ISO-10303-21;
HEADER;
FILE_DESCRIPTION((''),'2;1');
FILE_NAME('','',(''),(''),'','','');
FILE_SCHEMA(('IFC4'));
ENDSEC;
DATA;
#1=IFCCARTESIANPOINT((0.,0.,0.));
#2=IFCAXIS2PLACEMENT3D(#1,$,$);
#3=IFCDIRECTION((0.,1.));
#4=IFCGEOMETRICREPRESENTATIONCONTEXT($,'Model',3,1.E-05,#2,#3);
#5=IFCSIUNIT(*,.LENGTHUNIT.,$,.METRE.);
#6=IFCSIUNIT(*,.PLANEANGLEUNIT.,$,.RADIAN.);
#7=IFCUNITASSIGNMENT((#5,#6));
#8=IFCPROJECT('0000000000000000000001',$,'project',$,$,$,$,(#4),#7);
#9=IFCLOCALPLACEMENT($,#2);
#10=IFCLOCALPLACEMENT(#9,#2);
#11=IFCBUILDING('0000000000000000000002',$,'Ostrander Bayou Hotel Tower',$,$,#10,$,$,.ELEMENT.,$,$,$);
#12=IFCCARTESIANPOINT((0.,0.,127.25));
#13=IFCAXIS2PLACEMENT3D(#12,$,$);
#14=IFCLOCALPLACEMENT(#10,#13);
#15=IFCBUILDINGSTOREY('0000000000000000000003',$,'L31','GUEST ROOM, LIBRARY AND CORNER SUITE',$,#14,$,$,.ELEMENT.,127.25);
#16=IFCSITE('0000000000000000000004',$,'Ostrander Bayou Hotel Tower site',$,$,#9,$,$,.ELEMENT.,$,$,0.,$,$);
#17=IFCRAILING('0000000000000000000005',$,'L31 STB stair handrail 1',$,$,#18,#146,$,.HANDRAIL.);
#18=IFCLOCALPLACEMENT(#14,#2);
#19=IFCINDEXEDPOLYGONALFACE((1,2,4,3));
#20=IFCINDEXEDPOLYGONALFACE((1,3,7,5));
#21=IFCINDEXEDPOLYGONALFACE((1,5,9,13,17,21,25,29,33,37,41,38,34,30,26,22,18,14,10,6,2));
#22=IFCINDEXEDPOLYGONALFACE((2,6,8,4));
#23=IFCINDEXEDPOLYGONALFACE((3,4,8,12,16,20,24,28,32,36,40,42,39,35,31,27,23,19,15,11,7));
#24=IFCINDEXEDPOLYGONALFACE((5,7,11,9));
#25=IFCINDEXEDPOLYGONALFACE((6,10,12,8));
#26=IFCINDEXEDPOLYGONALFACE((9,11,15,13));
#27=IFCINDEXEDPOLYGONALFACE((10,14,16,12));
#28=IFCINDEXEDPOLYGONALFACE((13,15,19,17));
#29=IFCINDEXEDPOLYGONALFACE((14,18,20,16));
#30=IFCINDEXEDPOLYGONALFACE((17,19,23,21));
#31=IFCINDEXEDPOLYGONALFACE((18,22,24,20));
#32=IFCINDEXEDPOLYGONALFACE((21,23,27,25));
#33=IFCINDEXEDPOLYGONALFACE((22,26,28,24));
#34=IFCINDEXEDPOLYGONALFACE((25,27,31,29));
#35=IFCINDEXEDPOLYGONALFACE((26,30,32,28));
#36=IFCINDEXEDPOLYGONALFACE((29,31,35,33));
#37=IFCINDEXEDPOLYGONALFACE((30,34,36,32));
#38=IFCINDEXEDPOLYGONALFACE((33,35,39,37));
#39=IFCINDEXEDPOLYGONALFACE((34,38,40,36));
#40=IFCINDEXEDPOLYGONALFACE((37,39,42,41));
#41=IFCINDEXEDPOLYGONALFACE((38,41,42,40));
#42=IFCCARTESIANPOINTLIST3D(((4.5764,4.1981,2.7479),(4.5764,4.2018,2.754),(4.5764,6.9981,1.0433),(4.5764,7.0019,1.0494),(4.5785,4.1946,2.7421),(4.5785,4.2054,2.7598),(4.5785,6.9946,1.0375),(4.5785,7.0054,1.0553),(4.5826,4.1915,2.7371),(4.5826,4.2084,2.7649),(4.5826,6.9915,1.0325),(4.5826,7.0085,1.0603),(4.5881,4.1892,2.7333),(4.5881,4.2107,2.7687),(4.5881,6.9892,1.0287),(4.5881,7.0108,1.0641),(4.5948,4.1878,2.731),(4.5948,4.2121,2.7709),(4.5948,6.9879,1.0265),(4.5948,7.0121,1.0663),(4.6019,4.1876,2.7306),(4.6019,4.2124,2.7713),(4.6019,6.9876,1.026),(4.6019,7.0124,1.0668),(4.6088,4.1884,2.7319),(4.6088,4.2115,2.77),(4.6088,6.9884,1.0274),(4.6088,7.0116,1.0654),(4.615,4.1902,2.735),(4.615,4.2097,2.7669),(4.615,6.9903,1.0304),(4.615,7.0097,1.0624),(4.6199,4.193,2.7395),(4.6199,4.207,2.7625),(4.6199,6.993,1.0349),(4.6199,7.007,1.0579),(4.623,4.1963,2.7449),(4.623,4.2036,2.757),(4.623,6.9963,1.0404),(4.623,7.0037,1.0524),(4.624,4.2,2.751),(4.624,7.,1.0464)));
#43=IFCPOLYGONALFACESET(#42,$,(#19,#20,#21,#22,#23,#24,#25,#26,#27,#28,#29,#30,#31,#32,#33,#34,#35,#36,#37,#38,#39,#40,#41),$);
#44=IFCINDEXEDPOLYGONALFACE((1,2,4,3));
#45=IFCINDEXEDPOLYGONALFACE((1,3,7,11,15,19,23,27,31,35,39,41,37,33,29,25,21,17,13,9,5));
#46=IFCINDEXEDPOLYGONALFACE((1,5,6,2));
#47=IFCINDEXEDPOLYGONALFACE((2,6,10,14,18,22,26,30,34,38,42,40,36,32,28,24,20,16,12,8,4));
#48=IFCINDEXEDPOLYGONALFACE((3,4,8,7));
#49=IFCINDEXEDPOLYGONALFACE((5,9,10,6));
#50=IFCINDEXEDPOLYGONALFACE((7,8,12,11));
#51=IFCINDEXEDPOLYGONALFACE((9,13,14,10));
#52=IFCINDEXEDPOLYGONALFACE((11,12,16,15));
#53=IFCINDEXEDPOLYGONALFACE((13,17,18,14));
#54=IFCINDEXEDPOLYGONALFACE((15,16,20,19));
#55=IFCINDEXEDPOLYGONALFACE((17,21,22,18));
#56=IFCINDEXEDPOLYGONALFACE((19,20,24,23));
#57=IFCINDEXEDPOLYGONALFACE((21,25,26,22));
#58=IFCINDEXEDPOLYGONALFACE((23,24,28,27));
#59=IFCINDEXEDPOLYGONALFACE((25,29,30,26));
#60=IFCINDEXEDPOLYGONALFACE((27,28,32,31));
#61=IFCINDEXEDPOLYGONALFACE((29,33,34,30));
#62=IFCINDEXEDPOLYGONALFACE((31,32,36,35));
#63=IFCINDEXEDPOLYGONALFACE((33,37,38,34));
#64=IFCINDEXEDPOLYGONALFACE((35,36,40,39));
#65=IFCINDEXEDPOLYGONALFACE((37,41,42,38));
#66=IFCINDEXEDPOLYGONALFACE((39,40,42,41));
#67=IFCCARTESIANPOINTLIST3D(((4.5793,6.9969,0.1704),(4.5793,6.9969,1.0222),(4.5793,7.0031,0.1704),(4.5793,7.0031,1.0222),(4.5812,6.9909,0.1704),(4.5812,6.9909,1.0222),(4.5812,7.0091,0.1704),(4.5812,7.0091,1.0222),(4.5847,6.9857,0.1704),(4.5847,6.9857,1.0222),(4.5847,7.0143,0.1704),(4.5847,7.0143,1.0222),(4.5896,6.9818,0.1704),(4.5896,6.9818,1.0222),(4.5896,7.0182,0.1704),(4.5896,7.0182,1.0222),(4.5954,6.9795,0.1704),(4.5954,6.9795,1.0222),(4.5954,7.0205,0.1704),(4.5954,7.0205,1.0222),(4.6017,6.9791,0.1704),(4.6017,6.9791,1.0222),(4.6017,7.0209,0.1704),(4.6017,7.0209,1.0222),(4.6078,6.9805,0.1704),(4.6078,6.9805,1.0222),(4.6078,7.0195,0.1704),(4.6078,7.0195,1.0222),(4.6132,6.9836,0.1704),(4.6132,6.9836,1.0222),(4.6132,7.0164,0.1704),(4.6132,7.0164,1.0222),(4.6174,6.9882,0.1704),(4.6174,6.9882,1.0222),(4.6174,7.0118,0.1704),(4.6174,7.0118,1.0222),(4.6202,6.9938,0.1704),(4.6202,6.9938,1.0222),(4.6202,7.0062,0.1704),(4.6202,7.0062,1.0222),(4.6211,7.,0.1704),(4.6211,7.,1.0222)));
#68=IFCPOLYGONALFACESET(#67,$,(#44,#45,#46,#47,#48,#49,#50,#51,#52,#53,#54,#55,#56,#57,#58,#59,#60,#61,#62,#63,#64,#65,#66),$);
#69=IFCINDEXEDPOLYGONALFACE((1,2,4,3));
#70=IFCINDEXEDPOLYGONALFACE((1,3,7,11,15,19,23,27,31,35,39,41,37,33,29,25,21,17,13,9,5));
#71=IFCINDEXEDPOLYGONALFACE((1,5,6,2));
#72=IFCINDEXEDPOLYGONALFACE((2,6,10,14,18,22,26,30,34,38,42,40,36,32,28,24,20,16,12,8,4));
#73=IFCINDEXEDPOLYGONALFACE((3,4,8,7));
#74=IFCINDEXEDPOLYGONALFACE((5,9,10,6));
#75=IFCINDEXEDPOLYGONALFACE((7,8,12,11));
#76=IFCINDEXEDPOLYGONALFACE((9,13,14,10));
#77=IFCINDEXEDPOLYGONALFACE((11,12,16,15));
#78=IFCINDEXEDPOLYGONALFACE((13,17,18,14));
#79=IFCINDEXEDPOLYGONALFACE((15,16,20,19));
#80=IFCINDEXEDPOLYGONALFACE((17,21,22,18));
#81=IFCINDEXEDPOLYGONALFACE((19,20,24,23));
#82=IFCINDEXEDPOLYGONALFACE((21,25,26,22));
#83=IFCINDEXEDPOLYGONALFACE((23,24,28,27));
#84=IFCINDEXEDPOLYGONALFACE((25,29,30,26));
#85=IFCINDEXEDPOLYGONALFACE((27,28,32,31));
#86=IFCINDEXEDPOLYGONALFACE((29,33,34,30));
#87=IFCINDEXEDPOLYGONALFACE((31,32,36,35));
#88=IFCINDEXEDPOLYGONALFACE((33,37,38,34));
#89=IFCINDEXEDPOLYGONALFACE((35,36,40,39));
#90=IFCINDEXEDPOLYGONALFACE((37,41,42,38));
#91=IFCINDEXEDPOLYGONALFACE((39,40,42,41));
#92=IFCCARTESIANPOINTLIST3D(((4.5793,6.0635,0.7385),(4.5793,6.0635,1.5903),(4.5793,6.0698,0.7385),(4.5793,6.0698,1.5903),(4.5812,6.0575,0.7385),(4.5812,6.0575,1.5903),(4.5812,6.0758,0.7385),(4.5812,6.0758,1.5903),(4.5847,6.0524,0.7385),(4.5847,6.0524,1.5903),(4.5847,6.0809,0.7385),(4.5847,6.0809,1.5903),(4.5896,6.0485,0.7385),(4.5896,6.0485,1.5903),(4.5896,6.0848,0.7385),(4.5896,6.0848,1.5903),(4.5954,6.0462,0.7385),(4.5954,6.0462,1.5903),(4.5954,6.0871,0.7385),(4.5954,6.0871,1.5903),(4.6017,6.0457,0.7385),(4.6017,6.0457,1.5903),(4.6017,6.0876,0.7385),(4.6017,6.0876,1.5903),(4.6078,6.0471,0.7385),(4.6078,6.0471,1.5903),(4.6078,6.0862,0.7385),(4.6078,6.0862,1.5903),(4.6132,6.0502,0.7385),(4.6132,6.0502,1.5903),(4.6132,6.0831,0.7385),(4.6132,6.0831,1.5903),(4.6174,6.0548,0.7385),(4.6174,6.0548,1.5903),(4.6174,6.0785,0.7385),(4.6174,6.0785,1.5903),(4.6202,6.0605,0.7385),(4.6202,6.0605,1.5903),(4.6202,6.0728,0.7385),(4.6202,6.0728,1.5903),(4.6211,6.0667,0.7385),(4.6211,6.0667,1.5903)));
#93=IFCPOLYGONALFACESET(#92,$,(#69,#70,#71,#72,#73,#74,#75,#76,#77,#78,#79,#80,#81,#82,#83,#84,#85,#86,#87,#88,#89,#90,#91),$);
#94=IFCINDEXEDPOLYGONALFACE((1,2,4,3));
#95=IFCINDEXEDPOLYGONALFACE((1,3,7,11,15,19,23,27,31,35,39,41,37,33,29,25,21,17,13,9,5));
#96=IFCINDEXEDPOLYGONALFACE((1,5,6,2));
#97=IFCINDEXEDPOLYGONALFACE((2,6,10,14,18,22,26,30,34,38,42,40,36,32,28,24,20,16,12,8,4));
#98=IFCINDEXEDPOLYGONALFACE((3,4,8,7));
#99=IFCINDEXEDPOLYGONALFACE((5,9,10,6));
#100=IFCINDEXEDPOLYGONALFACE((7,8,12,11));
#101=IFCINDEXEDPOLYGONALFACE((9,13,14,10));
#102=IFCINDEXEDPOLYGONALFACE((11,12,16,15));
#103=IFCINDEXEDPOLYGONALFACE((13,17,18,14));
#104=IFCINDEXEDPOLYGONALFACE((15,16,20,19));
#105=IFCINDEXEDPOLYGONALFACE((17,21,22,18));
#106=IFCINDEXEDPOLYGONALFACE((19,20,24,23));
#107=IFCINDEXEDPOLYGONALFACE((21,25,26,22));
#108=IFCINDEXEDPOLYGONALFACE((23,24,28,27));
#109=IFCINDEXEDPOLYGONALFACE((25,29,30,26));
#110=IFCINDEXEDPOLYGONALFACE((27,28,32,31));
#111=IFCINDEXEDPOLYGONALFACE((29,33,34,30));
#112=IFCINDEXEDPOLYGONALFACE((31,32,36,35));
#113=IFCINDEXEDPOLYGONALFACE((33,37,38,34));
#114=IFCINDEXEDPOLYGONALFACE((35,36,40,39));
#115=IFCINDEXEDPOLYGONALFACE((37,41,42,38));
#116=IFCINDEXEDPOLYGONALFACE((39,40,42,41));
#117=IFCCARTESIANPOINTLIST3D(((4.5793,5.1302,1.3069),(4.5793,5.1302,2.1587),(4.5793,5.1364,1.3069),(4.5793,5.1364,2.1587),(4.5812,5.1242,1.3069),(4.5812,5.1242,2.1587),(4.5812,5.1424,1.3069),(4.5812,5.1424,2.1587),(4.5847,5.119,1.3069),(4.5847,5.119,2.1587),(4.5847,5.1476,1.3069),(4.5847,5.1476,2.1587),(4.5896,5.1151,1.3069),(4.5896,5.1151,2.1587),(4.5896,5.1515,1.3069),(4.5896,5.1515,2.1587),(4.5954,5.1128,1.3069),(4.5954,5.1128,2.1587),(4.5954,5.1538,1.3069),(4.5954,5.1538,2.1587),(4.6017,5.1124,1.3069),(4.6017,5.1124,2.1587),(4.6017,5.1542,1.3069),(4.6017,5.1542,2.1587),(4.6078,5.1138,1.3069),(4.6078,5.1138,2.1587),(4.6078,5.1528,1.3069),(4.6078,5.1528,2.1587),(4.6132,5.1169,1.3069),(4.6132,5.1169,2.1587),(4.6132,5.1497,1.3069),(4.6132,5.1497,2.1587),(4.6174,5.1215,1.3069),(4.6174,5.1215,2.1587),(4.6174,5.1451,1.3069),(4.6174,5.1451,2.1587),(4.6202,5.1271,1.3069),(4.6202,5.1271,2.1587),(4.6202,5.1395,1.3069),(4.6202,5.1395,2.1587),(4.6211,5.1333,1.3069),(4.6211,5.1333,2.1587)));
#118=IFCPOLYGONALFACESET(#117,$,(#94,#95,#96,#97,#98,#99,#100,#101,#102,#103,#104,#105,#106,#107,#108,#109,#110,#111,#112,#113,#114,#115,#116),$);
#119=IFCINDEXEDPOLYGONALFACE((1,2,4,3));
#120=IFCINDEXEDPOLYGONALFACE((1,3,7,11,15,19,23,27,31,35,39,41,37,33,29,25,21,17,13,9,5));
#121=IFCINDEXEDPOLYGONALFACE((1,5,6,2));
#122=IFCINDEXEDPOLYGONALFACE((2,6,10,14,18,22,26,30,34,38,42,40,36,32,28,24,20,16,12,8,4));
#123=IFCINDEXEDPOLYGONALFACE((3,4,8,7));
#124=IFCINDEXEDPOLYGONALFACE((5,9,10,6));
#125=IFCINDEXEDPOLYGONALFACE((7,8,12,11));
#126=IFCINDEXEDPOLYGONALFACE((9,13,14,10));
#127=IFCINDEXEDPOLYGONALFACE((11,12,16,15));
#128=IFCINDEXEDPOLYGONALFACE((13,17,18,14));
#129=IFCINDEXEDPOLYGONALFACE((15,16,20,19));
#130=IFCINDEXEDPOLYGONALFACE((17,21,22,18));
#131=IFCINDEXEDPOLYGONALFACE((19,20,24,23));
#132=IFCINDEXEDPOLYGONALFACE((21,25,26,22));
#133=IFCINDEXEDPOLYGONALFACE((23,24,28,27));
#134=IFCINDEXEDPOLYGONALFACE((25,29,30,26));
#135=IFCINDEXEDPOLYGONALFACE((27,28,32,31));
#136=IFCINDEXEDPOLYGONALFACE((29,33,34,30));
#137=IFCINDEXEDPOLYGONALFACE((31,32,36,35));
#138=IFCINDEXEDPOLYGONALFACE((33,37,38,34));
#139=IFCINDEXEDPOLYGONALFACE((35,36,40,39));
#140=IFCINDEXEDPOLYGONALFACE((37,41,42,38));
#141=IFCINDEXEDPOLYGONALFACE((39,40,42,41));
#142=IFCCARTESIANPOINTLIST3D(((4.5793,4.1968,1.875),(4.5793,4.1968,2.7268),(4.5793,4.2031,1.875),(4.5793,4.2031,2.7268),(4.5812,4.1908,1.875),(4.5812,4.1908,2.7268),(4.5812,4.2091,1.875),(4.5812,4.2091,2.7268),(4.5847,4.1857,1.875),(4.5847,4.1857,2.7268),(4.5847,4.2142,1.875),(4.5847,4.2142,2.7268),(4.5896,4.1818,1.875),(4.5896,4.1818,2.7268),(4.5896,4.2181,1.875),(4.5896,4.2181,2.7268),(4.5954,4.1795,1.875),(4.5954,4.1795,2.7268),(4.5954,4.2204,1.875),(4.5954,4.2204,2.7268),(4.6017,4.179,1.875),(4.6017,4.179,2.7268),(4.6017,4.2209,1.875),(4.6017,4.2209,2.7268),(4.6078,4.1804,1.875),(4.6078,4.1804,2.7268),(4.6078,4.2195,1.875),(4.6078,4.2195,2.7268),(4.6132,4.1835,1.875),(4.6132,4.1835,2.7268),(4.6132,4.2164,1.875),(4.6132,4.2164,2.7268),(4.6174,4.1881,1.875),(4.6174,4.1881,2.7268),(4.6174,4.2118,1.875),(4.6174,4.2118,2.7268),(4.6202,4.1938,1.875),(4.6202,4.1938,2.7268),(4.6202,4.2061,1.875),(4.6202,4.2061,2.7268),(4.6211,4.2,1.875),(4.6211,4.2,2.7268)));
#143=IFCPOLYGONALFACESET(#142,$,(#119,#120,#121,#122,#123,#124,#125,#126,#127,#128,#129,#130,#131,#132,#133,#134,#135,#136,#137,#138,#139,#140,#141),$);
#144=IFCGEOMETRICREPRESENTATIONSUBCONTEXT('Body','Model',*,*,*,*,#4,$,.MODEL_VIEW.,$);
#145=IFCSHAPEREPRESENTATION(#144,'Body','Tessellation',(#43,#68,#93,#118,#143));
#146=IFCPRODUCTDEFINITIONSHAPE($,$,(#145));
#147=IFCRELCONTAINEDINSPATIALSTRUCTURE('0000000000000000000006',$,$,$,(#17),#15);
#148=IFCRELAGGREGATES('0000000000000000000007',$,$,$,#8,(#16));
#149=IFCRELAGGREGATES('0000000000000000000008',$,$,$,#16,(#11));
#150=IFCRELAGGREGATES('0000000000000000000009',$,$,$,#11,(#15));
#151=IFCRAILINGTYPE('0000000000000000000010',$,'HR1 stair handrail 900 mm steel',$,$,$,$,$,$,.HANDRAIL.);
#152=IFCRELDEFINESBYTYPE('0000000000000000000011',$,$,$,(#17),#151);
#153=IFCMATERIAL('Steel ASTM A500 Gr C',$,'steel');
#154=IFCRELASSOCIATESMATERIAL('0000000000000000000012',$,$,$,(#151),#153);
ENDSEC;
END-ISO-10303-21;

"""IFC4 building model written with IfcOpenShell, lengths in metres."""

from ifc_helpers import new_model, si_unit, direction, frame, origin, origin_2d, place, context, subcontext, project, spatial, circle, extrude, material, type_object, element, save


model = new_model("IFC4")

# Units and contexts
model_context = context("Model", 3, precision=1e-05, world=origin(), true_north=direction((0.0, 1.0)))
body_context = subcontext(model_context, "Body", "Model", "MODEL_VIEW")
ifc_project = project(units=[si_unit("LENGTHUNIT", "METRE"), si_unit("PLANEANGLEUNIT", "RADIAN")], contexts=[model_context])

# Site, building, storey
site_placement = place(None, origin())
site = spatial("IfcSite", under=ifc_project, at=site_placement, Name="Ostrander Bayou Hotel Tower site", CompositionType="ELEMENT", RefElevation=0.0)
building_placement = place(site_placement, origin())
building = spatial("IfcBuilding", under=site, at=building_placement, Name="Ostrander Bayou Hotel Tower", CompositionType="ELEMENT")
storey_placement = place(building_placement, frame((0.0, 0.0, 127.25)))
storey = spatial("IfcBuildingStorey", under=building, at=storey_placement, Name="L31", Description="GUEST ROOM, LIBRARY AND CORNER SUITE", CompositionType="ELEMENT", Elevation=127.25)

# Railing
ifc_material_1 = material(Name="Steel ASTM A500 Gr C", Category="steel")
railing_type_1 = type_object("IfcRailingType", Name="HR1 stair handrail 900 mm steel", PredefinedType="HANDRAIL", material=ifc_material_1)
railing_1_placement = place(storey_placement, frame((4.6001, 7.0, 0.1704)))
element("IfcRailing", 1, at=railing_1_placement, inside=storey, type_object=railing_type_1, Name="L31 STB stair handrail 1", PredefinedType="HANDRAIL", context=body_context, shape_type="SweptSolid", body=[
    extrude(circle(Radius=0.0239, at=origin_2d()), frame((0.0, 0.0, 0.876), z_axis=(0.0, -0.85417, 0.519994), x_axis=(1.0, 0.0, 0.0)), (0.0, 0.0, 1.0), 3.2781),
    extrude(circle(Radius=0.021, at=origin_2d()), origin(), (0.0, 0.0, 1.0), 0.8518),
    extrude(circle(Radius=0.021, at=origin_2d()), frame((0.0, -0.9333, 0.5681)), (0.0, 0.0, 1.0), 0.8518),
    extrude(circle(Radius=0.021, at=origin_2d()), frame((0.0, -1.8667, 1.1365)), (0.0, 0.0, 1.0), 0.8518),
    extrude(circle(Radius=0.021, at=origin_2d()), frame((0.0, -2.8, 1.7046)), (0.0, 0.0, 1.0), 0.8518),
])

save(model, "model.ifc")
